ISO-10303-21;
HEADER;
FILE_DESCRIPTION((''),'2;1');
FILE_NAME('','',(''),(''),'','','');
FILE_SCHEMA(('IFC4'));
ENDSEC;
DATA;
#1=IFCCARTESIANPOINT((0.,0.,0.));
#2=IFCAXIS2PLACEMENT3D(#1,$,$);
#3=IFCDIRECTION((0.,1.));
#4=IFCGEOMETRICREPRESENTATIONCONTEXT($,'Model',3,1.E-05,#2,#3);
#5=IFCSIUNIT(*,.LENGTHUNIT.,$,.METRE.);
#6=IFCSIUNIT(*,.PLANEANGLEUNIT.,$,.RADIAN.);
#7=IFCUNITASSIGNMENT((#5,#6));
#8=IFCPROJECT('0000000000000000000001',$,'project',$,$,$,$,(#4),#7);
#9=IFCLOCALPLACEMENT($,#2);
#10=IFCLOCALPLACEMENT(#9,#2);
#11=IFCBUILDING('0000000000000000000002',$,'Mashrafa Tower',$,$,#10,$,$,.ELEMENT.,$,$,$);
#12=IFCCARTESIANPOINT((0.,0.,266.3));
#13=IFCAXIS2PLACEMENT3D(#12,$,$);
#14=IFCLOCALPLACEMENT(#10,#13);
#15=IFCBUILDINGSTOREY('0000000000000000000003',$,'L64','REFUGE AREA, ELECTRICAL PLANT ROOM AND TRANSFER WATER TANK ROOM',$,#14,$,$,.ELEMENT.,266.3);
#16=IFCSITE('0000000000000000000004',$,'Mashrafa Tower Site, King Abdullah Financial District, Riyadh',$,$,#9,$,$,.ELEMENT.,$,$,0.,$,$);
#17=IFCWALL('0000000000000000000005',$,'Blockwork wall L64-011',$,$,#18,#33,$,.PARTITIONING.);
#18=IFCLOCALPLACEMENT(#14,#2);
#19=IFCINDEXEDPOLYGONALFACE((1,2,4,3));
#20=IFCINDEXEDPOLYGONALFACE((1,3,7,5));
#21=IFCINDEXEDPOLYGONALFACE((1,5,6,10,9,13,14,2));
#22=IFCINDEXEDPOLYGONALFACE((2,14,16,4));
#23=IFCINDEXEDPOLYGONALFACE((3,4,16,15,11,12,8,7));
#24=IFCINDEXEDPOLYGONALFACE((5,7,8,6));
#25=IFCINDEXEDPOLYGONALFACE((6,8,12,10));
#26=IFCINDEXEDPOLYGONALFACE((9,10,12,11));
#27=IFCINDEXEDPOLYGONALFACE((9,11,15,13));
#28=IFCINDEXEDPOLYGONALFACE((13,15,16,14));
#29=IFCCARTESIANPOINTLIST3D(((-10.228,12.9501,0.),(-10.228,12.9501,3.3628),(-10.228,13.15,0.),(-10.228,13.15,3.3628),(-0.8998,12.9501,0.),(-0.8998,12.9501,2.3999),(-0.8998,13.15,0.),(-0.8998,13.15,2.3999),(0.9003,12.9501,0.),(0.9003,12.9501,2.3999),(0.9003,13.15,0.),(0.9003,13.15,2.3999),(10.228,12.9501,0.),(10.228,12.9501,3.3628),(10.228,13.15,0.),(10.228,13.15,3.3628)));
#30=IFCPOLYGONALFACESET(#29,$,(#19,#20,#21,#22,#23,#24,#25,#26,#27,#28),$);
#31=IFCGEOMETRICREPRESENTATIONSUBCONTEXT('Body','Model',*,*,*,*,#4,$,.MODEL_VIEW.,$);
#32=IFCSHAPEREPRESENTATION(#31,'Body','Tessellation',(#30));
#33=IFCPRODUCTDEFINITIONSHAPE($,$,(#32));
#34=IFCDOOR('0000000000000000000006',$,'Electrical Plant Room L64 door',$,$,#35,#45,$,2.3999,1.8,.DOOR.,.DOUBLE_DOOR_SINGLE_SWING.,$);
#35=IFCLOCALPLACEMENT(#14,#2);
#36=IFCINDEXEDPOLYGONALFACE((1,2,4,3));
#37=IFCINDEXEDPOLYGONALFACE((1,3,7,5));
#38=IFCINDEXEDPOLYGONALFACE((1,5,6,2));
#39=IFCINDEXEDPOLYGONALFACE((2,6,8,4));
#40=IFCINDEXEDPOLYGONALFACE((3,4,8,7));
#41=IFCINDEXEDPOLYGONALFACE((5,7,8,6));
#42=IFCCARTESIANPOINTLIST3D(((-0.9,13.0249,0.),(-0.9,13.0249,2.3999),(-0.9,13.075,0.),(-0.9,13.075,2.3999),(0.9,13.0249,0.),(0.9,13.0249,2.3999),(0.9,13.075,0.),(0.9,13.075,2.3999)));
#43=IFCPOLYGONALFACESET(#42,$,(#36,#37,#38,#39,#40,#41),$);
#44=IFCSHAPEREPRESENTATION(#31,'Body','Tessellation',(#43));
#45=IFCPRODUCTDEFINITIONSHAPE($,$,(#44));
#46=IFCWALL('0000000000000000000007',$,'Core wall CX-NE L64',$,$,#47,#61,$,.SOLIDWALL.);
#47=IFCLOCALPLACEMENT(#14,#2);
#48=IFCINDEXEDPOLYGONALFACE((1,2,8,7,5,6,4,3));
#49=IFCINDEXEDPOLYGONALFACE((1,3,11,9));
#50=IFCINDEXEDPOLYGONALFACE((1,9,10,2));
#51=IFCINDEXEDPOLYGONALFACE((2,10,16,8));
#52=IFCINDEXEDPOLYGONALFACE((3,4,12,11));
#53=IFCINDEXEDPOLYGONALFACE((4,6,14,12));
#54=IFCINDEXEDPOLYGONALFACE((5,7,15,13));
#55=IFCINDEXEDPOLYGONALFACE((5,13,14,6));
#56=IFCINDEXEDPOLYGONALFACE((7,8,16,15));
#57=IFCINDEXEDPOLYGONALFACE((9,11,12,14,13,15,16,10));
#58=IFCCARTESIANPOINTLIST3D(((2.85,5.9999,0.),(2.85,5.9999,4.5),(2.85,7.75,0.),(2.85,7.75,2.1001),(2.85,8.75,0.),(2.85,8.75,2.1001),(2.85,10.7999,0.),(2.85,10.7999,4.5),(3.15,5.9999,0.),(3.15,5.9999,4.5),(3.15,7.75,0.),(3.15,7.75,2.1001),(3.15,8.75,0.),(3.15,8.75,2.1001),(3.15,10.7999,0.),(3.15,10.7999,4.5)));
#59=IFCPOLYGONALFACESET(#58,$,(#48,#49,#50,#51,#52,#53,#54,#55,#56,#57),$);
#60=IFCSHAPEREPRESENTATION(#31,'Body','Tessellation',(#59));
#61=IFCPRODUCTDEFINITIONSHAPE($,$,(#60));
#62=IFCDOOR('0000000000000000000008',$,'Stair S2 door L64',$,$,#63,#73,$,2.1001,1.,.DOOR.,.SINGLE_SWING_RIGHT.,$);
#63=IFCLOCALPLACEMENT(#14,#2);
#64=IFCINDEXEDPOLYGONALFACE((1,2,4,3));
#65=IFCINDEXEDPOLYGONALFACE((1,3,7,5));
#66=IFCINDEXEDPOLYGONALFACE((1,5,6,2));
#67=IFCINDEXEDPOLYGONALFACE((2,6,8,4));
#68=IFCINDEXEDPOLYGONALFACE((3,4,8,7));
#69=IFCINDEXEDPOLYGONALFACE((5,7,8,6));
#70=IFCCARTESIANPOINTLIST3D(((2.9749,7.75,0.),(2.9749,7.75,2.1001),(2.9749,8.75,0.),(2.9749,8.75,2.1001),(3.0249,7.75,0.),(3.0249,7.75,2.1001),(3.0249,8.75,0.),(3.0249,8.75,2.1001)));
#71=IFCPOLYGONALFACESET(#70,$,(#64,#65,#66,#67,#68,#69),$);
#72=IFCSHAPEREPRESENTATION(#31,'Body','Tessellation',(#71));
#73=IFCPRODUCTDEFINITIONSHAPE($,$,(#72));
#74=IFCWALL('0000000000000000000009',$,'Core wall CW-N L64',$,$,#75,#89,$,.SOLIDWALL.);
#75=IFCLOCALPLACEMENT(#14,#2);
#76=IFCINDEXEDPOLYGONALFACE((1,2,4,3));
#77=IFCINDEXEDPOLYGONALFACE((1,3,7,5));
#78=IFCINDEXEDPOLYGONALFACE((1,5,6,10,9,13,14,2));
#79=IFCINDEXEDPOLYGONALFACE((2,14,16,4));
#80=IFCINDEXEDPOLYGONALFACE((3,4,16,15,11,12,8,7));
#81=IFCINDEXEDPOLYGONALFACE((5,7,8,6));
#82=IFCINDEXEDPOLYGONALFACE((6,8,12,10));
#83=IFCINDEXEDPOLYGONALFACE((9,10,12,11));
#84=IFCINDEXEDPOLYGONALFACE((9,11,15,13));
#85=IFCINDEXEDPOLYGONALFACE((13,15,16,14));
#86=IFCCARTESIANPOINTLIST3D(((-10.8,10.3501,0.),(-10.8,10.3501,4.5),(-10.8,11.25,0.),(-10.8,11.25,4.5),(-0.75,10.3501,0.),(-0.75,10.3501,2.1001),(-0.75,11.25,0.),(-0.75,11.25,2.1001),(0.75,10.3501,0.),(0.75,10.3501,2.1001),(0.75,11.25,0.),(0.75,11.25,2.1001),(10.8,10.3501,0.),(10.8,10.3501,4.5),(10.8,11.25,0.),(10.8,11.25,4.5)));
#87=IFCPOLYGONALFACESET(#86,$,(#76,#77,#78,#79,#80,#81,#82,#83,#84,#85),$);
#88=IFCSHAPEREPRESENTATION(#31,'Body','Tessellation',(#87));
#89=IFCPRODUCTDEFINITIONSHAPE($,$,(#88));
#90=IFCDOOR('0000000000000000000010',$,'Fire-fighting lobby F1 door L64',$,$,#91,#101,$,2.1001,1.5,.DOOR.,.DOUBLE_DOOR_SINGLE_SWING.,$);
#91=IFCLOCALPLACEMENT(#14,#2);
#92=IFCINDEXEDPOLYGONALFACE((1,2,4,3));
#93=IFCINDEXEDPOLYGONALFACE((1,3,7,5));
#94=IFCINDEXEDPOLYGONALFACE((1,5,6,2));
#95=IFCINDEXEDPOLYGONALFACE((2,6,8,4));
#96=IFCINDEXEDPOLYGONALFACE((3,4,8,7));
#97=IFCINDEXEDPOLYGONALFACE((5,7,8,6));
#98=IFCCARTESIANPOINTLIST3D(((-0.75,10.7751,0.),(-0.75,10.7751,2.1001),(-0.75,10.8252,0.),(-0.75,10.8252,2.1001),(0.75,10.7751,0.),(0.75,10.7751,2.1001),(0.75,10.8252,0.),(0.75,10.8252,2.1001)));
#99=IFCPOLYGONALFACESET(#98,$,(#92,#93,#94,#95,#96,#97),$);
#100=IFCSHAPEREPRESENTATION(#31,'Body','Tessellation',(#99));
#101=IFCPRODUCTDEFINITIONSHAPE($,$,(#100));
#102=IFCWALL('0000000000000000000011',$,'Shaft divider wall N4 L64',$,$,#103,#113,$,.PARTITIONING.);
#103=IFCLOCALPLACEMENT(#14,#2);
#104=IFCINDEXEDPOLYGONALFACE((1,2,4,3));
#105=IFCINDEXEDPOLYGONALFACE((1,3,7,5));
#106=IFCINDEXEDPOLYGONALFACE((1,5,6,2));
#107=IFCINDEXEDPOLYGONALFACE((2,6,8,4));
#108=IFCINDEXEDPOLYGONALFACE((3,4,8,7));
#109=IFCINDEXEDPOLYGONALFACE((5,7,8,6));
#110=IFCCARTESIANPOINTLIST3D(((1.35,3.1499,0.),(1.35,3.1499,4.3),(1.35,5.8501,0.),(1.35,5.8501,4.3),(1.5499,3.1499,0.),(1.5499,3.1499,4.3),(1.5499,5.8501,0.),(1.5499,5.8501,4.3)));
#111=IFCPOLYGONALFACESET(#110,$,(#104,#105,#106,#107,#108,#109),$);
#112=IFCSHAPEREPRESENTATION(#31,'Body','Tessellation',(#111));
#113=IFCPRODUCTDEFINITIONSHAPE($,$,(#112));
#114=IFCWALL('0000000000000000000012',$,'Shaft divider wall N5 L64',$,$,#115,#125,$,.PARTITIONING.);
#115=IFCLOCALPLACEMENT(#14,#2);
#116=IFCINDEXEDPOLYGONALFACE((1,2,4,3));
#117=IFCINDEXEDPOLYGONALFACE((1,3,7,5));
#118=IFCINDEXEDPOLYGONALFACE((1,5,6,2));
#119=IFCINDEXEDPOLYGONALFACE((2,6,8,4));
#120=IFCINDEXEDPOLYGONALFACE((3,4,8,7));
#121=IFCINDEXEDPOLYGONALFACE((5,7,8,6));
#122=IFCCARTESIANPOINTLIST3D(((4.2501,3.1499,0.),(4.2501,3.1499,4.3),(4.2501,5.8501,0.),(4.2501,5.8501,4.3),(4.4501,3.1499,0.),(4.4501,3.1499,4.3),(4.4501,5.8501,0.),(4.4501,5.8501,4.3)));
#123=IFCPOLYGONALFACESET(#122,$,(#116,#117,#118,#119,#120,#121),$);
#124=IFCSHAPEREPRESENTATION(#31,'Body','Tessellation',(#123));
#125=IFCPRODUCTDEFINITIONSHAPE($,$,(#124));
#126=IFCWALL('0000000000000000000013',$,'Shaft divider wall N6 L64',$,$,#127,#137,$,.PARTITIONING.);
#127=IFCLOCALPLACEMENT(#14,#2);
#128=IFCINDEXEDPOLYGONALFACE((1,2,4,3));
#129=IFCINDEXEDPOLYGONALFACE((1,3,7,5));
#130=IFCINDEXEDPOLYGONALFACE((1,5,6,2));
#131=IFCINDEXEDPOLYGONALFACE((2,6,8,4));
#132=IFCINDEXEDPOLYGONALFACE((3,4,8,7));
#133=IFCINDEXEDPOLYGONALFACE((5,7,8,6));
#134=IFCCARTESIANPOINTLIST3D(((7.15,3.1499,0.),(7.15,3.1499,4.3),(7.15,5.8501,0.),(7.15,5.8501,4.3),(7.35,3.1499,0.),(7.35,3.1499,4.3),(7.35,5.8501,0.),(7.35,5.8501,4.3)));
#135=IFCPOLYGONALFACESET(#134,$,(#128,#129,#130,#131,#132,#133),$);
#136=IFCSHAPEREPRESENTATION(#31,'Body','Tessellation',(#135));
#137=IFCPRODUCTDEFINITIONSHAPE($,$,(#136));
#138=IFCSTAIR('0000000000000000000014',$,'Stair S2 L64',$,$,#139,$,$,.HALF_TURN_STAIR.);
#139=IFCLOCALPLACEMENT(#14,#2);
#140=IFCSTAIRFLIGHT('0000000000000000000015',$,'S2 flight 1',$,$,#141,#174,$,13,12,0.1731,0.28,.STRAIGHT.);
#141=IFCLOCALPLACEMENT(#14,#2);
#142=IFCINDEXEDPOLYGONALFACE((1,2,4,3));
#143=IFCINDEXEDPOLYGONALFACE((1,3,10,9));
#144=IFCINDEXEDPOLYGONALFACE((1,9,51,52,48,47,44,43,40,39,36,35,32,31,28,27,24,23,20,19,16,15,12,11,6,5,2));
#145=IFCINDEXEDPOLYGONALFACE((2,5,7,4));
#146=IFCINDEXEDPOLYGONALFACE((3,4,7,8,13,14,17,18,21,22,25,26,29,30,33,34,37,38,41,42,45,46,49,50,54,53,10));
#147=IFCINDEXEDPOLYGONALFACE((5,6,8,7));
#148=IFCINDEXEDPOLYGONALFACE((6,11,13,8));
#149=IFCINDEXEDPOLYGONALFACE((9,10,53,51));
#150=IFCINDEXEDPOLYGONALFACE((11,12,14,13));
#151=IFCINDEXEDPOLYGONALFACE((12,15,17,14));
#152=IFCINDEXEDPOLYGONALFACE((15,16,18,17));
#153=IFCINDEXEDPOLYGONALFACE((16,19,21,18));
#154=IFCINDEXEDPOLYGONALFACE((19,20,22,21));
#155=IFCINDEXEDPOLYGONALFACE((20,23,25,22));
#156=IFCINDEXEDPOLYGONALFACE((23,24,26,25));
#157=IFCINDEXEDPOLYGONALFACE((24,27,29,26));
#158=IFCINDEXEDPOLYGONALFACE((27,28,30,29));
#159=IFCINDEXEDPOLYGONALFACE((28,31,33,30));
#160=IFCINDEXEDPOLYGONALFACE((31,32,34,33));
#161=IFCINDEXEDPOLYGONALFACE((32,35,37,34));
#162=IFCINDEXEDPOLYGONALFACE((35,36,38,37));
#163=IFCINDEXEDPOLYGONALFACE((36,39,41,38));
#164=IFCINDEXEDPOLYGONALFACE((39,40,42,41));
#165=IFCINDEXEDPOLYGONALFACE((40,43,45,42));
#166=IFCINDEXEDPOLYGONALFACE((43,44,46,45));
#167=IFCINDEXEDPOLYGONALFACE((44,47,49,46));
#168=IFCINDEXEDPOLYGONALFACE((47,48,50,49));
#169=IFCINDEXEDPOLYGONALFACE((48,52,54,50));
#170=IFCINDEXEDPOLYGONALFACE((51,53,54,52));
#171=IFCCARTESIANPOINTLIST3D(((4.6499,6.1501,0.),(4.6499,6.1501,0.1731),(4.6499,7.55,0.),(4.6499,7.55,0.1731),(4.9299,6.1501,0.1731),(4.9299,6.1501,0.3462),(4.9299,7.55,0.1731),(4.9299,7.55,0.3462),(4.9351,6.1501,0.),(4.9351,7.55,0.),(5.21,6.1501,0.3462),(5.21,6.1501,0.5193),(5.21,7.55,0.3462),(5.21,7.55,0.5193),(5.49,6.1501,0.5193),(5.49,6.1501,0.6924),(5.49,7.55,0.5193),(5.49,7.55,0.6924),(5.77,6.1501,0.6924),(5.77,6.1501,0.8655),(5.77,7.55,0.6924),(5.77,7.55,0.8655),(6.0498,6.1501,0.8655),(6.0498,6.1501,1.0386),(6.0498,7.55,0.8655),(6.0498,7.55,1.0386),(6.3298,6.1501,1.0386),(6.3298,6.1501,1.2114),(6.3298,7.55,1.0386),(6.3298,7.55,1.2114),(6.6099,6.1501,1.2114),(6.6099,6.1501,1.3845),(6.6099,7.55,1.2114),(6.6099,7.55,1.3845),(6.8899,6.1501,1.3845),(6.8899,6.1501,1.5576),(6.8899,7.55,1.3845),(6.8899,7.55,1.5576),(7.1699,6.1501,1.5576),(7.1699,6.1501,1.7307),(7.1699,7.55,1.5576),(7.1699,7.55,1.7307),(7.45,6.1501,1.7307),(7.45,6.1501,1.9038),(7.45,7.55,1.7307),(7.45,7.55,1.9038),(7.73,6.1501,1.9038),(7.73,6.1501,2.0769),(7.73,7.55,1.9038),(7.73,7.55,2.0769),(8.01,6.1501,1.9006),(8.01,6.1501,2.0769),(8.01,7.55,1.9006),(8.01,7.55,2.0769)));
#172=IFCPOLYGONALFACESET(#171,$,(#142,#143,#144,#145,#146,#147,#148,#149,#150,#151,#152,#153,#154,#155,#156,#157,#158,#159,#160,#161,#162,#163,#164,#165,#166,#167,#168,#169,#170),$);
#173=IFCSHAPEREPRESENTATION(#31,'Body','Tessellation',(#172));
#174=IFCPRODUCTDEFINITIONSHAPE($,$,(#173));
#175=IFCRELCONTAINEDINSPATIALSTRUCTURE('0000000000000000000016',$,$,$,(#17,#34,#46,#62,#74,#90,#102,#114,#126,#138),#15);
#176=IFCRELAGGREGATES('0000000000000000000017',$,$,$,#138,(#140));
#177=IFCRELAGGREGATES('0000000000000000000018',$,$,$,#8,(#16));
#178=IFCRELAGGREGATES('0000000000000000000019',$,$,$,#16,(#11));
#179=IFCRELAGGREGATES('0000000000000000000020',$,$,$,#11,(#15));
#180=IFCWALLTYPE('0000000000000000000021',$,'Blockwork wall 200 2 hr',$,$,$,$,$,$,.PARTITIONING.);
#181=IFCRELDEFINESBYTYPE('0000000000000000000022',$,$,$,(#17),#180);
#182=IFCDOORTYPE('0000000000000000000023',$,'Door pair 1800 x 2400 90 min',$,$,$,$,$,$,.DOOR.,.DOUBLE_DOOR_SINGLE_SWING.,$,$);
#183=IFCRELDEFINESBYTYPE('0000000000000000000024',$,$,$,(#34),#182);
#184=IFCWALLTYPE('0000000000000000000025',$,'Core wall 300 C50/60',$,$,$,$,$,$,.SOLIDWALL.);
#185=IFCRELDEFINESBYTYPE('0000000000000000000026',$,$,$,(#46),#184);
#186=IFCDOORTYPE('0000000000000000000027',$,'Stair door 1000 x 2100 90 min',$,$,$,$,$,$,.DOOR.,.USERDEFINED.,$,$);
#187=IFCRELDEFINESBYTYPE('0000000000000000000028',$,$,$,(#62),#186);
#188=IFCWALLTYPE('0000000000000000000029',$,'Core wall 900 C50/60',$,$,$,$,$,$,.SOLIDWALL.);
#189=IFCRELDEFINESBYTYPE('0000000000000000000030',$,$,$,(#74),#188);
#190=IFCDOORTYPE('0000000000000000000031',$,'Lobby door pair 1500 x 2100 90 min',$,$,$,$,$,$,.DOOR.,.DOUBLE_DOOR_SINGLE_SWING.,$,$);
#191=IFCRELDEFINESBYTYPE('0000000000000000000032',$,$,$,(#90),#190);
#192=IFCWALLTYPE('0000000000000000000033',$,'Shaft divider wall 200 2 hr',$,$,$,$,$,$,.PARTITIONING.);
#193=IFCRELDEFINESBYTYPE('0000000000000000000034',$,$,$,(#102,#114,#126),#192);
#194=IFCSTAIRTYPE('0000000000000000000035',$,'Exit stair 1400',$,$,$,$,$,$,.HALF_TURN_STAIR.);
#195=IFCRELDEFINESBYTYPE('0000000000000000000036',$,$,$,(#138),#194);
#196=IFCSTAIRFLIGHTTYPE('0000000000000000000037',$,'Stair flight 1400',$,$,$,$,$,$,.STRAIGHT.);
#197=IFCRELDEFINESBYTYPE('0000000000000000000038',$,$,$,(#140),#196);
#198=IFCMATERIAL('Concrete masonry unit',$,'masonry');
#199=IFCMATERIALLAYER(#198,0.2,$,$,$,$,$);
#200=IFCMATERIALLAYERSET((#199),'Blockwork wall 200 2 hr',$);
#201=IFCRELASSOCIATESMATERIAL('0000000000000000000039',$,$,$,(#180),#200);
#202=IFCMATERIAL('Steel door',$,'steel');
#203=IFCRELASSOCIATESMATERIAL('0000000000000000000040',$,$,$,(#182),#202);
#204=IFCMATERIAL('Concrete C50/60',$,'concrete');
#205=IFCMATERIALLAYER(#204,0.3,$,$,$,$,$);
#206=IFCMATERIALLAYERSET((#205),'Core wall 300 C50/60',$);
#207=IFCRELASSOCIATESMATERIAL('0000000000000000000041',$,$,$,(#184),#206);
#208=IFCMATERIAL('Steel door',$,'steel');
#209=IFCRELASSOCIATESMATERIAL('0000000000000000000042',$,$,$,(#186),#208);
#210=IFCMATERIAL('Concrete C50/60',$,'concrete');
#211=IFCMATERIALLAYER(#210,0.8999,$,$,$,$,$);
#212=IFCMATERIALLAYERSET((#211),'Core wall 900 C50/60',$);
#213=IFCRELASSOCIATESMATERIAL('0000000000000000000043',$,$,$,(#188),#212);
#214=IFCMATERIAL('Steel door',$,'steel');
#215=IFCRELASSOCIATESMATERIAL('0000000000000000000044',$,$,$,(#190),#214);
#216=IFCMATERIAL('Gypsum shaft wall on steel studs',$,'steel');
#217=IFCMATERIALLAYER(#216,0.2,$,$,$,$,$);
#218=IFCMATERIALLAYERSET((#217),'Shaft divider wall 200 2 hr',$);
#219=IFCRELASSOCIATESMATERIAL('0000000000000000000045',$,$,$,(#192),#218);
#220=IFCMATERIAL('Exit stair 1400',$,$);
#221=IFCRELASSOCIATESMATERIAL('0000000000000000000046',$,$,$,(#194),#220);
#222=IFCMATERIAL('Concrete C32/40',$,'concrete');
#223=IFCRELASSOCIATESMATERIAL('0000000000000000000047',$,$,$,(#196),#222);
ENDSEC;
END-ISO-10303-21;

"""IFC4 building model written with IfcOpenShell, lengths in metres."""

from ifc_helpers import new_model, si_unit, direction, frame, frame_2d, origin, place, context, subcontext, project, spatial, polyline, rectangle, outline, extrude, material, layer, layer_set, type_object, element, fill, aggregate, save


model = new_model("IFC4")

# Units and contexts
model_context = context("Model", 3, precision=1e-05, world=origin(), true_north=direction((0.0, 1.0)))
body_context = subcontext(model_context, "Body", "Model", "MODEL_VIEW")
ifc_project = project(units=[si_unit("LENGTHUNIT", "METRE"), si_unit("PLANEANGLEUNIT", "RADIAN")], contexts=[model_context])

# Site, building, storey
site_placement = place(None, origin())
site = spatial("IfcSite", under=ifc_project, at=site_placement, Name="Mashrafa Tower Site, King Abdullah Financial District, Riyadh", CompositionType="ELEMENT", RefElevation=0.0)
building_placement = place(site_placement, origin())
building = spatial("IfcBuilding", under=site, at=building_placement, Name="Mashrafa Tower", CompositionType="ELEMENT")
storey_placement = place(building_placement, frame((0.0, 0.0, 266.3)))
storey = spatial("IfcBuildingStorey", under=building, at=storey_placement, Name="L64", Description="REFUGE AREA, ELECTRICAL PLANT ROOM AND TRANSFER WATER TANK ROOM", CompositionType="ELEMENT", Elevation=266.3)

# Walls, openings, doors
ifc_material_1 = material(Name="Concrete masonry unit", Category="masonry")
ifc_layer_1 = layer(ifc_material_1, 0.2)
ifc_layer_set_1 = layer_set([ifc_layer_1], Name="Blockwork wall 200 2 hr")
wall_type_1 = type_object("IfcWallType", Name="Blockwork wall 200 2 hr", PredefinedType="PARTITIONING", material=ifc_layer_set_1)
wall_1_placement = place(storey_placement, frame((10.228, 13.05, 0.0), z_axis=(0.0, 0.0, 1.0), x_axis=(-1.0, 0.0, 0.0)))
wall_1 = element("IfcWall", 1, at=wall_1_placement, inside=storey, type_object=wall_type_1, Name="Blockwork wall L64-011", PredefinedType="PARTITIONING", context=body_context, shape_type="SweptSolid", body=[
    extrude(rectangle(XDim=20.4561, YDim=0.2, at=frame_2d((10.228, 0.0))), origin(), (0.0, 0.0, 1.0), 3.3628),
])
opening_1_placement = place(wall_1_placement, frame((9.3279, 0.0, 0.0)))
opening_1 = element("IfcOpeningElement", 2, at=opening_1_placement, cuts=wall_1, PredefinedType="OPENING", context=body_context, shape_type="SweptSolid", body=[
    extrude(rectangle(XDim=1.8, YDim=2.3999, at=frame_2d((0.8999, 1.2))), frame((0.0, 0.1099, 0.0), z_axis=(0.0, -1.0, 0.0), x_axis=(1.0, 0.0, 0.0)), (0.0, 0.0, 1.0), 0.22),
])
ifc_material_2 = material(Name="Steel door", Category="steel")
door_type_1 = type_object("IfcDoorType", Name="Door pair 1800 x 2400 90 min", OperationType="DOUBLE_DOOR_SINGLE_SWING", PredefinedType="DOOR", material=ifc_material_2)
door_1_placement = place(opening_1_placement, frame((1.8, 0.0, 0.0), z_axis=(0.0, 0.0, 1.0), x_axis=(-1.0, 0.0, 0.0)))
door_1 = element("IfcDoor", 3, at=door_1_placement, inside=storey, type_object=door_type_1, Name="Electrical Plant Room L64 door", OperationType="DOUBLE_DOOR_SINGLE_SWING", OverallHeight=2.3999, OverallWidth=1.8, PredefinedType="DOOR", context=body_context, shape_type="SweptSolid", body=[
    extrude(rectangle(XDim=1.8, YDim=2.3999, at=frame_2d((0.8999, 1.2))), frame((0.0, 0.0249, 0.0), z_axis=(0.0, -1.0, 0.0), x_axis=(1.0, 0.0, 0.0)), (0.0, 0.0, 1.0), 0.05),
])
fill(opening_1, door_1)
ifc_material_3 = material(Name="Concrete C50/60", Category="concrete")
ifc_layer_2 = layer(ifc_material_3, 0.3)
ifc_layer_set_2 = layer_set([ifc_layer_2], Name="Core wall 300 C50/60")
wall_type_2 = type_object("IfcWallType", Name="Core wall 300 C50/60", PredefinedType="SOLIDWALL", material=ifc_layer_set_2)
wall_2_placement = place(storey_placement, frame((3.0, 6.0, 0.0), z_axis=(0.0, 0.0, 1.0), x_axis=(0.0, 1.0, 0.0)))
wall_2 = element("IfcWall", 4, at=wall_2_placement, inside=storey, type_object=wall_type_2, Name="Core wall CX-NE L64", PredefinedType="SOLIDWALL", context=body_context, shape_type="SweptSolid", body=[
    extrude(rectangle(XDim=4.8, YDim=0.3, at=frame_2d((2.3999, 0.0))), origin(), (0.0, 0.0, 1.0), 4.5),
])
opening_2_placement = place(wall_2_placement, frame((1.75, 0.0, 0.0)))
opening_2 = element("IfcOpeningElement", 5, at=opening_2_placement, cuts=wall_2, PredefinedType="OPENING", context=body_context, shape_type="SweptSolid", body=[
    extrude(rectangle(XDim=1.0, YDim=2.1001, at=frame_2d((0.5, 1.05))), frame((0.0, 0.1599, 0.0), z_axis=(0.0, -1.0, 0.0), x_axis=(1.0, 0.0, 0.0)), (0.0, 0.0, 1.0), 0.3201),
])
ifc_material_4 = material(Name="Steel door", Category="steel")
door_type_2 = type_object("IfcDoorType", Name="Stair door 1000 x 2100 90 min", OperationType="USERDEFINED", PredefinedType="DOOR", material=ifc_material_4)
door_2_placement = place(opening_2_placement, frame((1.0, 0.0, 0.0), z_axis=(0.0, 0.0, 1.0), x_axis=(-1.0, 0.0, 0.0)))
door_2 = element("IfcDoor", 6, at=door_2_placement, inside=storey, type_object=door_type_2, Name="Stair S2 door L64", OperationType="SINGLE_SWING_RIGHT", OverallHeight=2.1001, OverallWidth=1.0, PredefinedType="DOOR", context=body_context, shape_type="SweptSolid", body=[
    extrude(rectangle(XDim=1.0, YDim=2.1001, at=frame_2d((0.5, 1.05))), frame((0.0, 0.0249, 0.0), z_axis=(0.0, -1.0, 0.0), x_axis=(1.0, 0.0, 0.0)), (0.0, 0.0, 1.0), 0.05),
])
fill(opening_2, door_2)
ifc_material_5 = material(Name="Concrete C50/60", Category="concrete")
ifc_layer_3 = layer(ifc_material_5, 0.8999)
ifc_layer_set_3 = layer_set([ifc_layer_3], Name="Core wall 900 C50/60")
wall_type_3 = type_object("IfcWallType", Name="Core wall 900 C50/60", PredefinedType="SOLIDWALL", material=ifc_layer_set_3)
wall_3_placement = place(storey_placement, frame((10.8, 10.8, 0.0), z_axis=(0.0, 0.0, 1.0), x_axis=(-1.0, 0.0, 0.0)))
wall_3 = element("IfcWall", 7, at=wall_3_placement, inside=storey, type_object=wall_type_3, Name="Core wall CW-N L64", PredefinedType="SOLIDWALL", context=body_context, shape_type="SweptSolid", body=[
    extrude(rectangle(XDim=21.6001, YDim=0.8999, at=frame_2d((10.8, 0.0))), origin(), (0.0, 0.0, 1.0), 4.5),
])
opening_3_placement = place(wall_3_placement, frame((10.05, 0.0, 0.0)))
opening_3 = element("IfcOpeningElement", 8, at=opening_3_placement, cuts=wall_3, PredefinedType="OPENING", context=body_context, shape_type="SweptSolid", body=[
    extrude(rectangle(XDim=1.5, YDim=2.1001, at=frame_2d((0.75, 1.05))), frame((0.0, 0.46, 0.0), z_axis=(0.0, -1.0, 0.0), x_axis=(1.0, 0.0, 0.0)), (0.0, 0.0, 1.0), 0.9199),
])
ifc_material_6 = material(Name="Steel door", Category="steel")
door_type_3 = type_object("IfcDoorType", Name="Lobby door pair 1500 x 2100 90 min", OperationType="DOUBLE_DOOR_SINGLE_SWING", PredefinedType="DOOR", material=ifc_material_6)
door_3_placement = place(opening_3_placement, origin())
door_3 = element("IfcDoor", 9, at=door_3_placement, inside=storey, type_object=door_type_3, Name="Fire-fighting lobby F1 door L64", OperationType="DOUBLE_DOOR_SINGLE_SWING", OverallHeight=2.1001, OverallWidth=1.5, PredefinedType="DOOR", context=body_context, shape_type="SweptSolid", body=[
    extrude(rectangle(XDim=1.5, YDim=2.1001, at=frame_2d((0.75, 1.05))), frame((0.0, 0.0249, 0.0), z_axis=(0.0, -1.0, 0.0), x_axis=(1.0, 0.0, 0.0)), (0.0, 0.0, 1.0), 0.05),
])
fill(opening_3, door_3)

# Walls
ifc_material_7 = material(Name="Gypsum shaft wall on steel studs", Category="steel")
ifc_layer_4 = layer(ifc_material_7, 0.2)
ifc_layer_set_4 = layer_set([ifc_layer_4], Name="Shaft divider wall 200 2 hr")
wall_type_4 = type_object("IfcWallType", Name="Shaft divider wall 200 2 hr", PredefinedType="PARTITIONING", material=ifc_layer_set_4)
for number, where, z_axis, x_axis, name in (
    (10, (1.45, 3.1499, 0.0), (0.0, 0.0, 1.0), (0.0, 1.0, 0.0), "Shaft divider wall N4 L64"),
    (11, (4.3501, 3.1499, 0.0), (0.0, 0.0, 1.0), (0.0, 1.0, 0.0), "Shaft divider wall N5 L64"),
    (12, (7.25, 3.1499, 0.0), (0.0, 0.0, 1.0), (0.0, 1.0, 0.0), "Shaft divider wall N6 L64"),
):
    element("IfcWall", number, at=place(storey_placement, frame(where, z_axis=z_axis, x_axis=x_axis)), inside=storey, type_object=wall_type_4, Name=name, PredefinedType="PARTITIONING", context=body_context, shape_type="SweptSolid", body=[
        extrude(rectangle(XDim=2.7002, YDim=0.2, at=frame_2d((1.3501, 0.0))), origin(), (0.0, 0.0, 1.0), 4.3),
    ])

# Stair, stair flight
ifc_material_8 = material(Name="Exit stair 1400")
stair_type = type_object("IfcStairType", Name="Exit stair 1400", PredefinedType="HALF_TURN_STAIR", material=ifc_material_8)
stair_placement = place(storey_placement, origin())
stair = element("IfcStair", 13, at=stair_placement, inside=storey, type_object=stair_type, Name="Stair S2 L64", PredefinedType="HALF_TURN_STAIR")
ifc_material_9 = material(Name="Concrete C32/40", Category="concrete")
stair_flight_type = type_object("IfcStairFlightType", Name="Stair flight 1400", PredefinedType="STRAIGHT", material=ifc_material_9)
stair_flight_1_placement = place(storey_placement, frame((4.6499, 6.8501, 0.0), z_axis=(0.0, 0.0, 1.0), x_axis=(1.0, 0.0, 0.0)))
stair_flight_1 = element("IfcStairFlight", 14, at=stair_flight_1_placement, type_object=stair_flight_type, Name="S2 flight 1", NumberOfRisers=13, NumberOfTreads=12, PredefinedType="STRAIGHT", RiserHeight=0.1731, TreadLength=0.28, context=body_context, shape_type="SweptSolid", body=[
    extrude(outline(polyline([(0.0, 0.0), (0.0, 0.1731), (0.28, 0.1731), (0.28, 0.3462), (0.5601, 0.3462), (0.5601, 0.5193), (0.8401, 0.5193), (0.8401, 0.6924), (1.1201, 0.6924), (1.1201, 0.8655), (1.3999, 0.8655), (1.3999, 1.0386), (1.6799, 1.0386), (1.6799, 1.2114), (1.96, 1.2114), (1.96, 1.3845), (2.24, 1.3845), (2.24, 1.5576), (2.52, 1.5576), (2.52, 1.7307), (2.8, 1.7307), (2.8, 1.9038), (3.0801, 1.9038), (3.0801, 2.0769), (3.3601, 2.0769), (3.3601, 2.25), (3.3601, 1.9006), (0.2852, 0.0), (0.0, 0.0)])), frame((0.0, 0.7, 0.0), z_axis=(0.0, -1.0, 0.0), x_axis=(1.0, 0.0, 0.0)), (0.0, 0.0, 1.0), 1.3999),
])
aggregate(stair, [stair_flight_1])

save(model, "model.ifc")
